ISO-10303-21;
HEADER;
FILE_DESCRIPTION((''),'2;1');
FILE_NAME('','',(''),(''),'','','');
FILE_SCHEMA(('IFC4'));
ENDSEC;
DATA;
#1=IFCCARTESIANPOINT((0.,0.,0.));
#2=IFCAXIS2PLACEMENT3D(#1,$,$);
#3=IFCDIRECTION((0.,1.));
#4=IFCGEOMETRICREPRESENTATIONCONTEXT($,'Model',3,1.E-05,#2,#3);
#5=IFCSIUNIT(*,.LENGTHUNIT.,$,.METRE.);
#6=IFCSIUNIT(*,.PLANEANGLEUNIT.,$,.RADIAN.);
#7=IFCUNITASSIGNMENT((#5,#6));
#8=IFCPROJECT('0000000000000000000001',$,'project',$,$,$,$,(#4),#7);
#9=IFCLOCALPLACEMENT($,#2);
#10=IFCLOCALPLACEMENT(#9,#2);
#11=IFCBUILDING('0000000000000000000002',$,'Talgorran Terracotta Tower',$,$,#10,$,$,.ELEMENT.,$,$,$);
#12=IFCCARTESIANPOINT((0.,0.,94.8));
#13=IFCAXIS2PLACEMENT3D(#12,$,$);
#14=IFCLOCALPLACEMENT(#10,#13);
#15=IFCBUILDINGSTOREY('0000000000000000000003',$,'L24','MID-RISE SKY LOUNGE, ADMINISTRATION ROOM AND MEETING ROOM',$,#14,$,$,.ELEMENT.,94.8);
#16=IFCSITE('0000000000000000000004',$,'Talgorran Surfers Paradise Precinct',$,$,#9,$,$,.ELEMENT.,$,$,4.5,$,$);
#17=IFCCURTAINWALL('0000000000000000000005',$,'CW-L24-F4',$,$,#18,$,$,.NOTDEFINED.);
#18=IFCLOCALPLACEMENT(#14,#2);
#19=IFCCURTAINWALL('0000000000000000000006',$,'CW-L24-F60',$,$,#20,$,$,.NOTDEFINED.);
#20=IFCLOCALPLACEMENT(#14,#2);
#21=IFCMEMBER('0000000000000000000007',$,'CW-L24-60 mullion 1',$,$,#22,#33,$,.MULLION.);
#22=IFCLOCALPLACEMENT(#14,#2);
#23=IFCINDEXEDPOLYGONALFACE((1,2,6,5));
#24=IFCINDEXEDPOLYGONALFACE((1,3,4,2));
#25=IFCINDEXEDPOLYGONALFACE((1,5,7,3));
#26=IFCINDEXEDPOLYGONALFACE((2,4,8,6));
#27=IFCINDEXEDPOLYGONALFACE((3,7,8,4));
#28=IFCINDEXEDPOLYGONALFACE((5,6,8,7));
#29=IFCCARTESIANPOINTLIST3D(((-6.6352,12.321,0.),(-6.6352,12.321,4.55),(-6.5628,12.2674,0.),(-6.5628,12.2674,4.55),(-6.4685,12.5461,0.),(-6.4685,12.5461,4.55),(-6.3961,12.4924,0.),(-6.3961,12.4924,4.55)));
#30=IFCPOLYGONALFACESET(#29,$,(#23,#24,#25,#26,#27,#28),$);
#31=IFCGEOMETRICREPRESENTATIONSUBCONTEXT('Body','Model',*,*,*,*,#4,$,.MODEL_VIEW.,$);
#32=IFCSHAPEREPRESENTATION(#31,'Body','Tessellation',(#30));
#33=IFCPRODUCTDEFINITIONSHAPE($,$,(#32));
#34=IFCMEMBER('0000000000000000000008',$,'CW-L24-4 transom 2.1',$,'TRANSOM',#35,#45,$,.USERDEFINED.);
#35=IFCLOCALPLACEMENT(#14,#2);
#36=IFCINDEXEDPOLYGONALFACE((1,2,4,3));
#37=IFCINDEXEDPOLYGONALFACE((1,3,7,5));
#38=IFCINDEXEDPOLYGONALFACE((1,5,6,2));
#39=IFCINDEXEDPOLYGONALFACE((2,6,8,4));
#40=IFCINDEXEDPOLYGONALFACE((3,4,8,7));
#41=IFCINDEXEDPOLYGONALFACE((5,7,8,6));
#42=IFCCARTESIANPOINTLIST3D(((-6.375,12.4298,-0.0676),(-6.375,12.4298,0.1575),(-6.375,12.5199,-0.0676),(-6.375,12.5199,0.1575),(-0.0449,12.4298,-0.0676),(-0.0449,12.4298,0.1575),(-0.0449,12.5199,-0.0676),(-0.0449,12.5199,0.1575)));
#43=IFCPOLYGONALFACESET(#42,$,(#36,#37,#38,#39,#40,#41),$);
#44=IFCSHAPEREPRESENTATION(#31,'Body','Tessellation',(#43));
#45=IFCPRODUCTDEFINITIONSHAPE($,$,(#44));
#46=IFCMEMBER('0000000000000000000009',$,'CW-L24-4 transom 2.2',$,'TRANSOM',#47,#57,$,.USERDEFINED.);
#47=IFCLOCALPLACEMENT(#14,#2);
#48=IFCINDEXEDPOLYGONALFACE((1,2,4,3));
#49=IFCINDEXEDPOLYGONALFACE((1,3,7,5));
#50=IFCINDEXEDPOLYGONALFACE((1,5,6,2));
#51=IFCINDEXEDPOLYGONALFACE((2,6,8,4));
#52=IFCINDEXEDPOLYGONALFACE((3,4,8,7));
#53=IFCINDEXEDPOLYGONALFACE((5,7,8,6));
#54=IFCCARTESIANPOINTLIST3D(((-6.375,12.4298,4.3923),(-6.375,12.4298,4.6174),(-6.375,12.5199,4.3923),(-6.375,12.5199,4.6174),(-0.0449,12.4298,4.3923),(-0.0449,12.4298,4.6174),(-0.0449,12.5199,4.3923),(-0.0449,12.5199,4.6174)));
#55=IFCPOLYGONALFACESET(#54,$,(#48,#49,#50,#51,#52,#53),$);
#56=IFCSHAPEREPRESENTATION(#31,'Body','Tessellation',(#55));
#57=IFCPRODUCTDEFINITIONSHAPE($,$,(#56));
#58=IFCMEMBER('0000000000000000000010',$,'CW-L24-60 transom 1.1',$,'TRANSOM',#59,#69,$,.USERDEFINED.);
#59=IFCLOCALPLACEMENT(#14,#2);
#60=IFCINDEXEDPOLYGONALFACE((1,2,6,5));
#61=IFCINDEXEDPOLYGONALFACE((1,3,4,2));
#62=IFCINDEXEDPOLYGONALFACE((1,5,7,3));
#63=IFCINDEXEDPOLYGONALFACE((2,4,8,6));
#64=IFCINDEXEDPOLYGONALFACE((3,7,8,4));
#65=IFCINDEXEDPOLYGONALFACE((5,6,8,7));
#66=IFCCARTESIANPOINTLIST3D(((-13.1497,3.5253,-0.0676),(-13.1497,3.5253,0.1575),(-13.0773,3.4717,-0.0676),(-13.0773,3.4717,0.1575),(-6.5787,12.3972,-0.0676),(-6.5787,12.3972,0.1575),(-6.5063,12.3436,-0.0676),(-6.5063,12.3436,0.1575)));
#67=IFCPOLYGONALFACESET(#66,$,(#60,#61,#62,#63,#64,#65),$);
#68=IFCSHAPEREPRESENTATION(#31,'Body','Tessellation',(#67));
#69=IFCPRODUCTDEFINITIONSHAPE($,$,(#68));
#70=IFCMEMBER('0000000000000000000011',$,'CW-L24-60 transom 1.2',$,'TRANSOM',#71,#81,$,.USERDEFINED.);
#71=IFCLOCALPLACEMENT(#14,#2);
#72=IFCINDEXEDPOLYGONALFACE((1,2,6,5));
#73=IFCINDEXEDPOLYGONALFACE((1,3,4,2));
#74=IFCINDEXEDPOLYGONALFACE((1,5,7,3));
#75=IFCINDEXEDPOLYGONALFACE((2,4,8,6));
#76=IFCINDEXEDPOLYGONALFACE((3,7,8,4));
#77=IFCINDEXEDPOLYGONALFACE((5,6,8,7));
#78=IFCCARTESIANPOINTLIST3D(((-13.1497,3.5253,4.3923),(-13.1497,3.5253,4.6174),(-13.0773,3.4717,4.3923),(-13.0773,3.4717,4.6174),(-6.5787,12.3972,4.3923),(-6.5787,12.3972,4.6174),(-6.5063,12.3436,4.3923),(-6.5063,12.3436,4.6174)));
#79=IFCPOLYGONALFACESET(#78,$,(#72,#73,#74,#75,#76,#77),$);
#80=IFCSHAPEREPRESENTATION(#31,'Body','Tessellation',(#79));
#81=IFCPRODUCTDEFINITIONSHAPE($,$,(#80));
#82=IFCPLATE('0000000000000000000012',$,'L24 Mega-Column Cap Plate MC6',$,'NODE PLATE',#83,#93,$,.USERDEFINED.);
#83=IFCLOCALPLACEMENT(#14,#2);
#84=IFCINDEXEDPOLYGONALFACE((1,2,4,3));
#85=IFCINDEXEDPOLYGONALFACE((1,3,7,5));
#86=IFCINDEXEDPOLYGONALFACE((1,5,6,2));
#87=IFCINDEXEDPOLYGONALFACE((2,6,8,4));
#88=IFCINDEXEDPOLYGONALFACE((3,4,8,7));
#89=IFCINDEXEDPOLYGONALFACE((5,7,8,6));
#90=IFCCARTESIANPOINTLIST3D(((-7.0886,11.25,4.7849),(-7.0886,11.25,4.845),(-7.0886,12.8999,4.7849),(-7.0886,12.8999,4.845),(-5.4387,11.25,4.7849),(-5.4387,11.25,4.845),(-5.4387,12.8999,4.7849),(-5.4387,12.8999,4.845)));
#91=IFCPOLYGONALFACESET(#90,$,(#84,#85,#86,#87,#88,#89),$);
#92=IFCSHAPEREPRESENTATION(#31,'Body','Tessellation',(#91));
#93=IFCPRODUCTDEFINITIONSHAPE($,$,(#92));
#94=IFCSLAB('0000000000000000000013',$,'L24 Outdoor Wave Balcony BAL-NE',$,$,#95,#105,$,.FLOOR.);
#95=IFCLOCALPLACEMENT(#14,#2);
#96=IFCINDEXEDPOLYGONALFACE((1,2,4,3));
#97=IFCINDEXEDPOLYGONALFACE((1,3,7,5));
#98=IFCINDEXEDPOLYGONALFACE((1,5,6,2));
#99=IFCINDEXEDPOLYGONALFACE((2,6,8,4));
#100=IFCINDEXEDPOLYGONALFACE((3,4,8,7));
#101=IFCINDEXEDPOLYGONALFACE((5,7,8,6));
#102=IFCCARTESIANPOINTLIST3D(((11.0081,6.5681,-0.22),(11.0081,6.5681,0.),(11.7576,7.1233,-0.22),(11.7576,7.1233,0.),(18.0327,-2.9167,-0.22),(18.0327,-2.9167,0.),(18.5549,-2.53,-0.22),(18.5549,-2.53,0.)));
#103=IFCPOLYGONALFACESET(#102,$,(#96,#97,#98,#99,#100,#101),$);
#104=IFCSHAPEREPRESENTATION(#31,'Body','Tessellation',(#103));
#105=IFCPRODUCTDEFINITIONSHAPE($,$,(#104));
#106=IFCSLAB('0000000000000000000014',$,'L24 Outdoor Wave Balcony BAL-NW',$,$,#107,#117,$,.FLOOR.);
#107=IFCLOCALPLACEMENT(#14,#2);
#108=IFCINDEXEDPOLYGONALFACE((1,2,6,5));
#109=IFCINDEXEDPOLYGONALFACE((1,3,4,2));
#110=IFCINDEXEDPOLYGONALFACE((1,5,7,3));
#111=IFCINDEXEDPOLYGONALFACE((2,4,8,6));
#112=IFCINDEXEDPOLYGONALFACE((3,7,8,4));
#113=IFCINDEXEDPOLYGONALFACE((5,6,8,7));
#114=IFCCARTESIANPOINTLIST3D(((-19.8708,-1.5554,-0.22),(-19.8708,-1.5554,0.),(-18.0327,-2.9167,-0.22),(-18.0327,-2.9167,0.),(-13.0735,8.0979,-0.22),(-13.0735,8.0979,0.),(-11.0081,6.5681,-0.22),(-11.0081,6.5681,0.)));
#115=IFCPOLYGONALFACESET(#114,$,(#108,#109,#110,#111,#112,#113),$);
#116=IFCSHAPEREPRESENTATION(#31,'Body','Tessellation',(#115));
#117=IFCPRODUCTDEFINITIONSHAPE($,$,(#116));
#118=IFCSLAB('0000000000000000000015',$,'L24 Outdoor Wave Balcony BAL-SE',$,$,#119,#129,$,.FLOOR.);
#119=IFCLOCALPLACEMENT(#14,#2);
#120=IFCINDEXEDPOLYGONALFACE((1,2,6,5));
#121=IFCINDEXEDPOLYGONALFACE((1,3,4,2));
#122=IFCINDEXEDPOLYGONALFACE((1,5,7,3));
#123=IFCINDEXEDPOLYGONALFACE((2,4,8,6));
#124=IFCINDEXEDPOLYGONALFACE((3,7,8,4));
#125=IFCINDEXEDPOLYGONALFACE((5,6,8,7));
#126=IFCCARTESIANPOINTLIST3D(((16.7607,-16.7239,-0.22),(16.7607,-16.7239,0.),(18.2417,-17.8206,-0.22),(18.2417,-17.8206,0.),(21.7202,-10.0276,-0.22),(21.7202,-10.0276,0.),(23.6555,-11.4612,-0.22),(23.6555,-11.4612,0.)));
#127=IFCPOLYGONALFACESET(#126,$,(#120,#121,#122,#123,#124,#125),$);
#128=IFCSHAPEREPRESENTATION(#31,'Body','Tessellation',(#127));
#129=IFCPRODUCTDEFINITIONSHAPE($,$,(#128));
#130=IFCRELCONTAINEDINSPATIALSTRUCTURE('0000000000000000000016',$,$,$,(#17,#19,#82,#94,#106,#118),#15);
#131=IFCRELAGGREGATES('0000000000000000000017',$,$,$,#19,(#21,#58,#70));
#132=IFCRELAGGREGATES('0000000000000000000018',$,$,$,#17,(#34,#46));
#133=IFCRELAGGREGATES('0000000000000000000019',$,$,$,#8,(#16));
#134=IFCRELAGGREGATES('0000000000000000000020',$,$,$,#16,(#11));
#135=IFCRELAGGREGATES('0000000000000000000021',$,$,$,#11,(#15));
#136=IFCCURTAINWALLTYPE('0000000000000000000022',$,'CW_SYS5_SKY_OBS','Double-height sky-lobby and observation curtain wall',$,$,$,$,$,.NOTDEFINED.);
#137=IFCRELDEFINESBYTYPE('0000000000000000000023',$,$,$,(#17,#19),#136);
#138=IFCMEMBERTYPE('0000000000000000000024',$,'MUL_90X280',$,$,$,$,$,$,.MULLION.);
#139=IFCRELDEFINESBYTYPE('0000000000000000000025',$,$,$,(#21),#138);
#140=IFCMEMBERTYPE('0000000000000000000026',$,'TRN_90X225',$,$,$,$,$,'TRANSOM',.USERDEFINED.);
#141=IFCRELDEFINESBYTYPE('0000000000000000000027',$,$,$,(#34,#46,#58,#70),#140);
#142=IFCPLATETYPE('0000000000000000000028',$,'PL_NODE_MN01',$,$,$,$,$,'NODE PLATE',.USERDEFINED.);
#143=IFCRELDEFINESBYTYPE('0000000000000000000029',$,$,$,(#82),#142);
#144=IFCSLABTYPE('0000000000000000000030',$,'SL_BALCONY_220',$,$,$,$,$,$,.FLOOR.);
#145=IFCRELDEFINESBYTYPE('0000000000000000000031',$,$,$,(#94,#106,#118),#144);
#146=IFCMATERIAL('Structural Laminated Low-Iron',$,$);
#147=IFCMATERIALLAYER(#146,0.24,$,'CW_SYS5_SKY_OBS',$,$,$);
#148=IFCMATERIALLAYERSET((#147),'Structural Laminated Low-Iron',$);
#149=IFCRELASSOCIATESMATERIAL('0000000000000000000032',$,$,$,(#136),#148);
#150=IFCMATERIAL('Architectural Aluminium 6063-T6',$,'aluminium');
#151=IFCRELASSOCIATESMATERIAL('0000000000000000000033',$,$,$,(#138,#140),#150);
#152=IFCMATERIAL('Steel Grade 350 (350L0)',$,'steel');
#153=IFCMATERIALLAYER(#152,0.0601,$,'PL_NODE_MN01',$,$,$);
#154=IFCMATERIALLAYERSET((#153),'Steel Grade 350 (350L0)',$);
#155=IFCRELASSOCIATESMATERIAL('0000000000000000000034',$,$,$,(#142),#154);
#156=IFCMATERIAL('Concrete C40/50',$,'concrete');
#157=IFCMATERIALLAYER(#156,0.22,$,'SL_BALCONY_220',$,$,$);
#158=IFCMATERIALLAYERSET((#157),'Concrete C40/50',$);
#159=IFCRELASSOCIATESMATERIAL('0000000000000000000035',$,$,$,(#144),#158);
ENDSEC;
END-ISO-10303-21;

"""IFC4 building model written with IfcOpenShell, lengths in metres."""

from ifc_helpers import new_model, si_unit, direction, frame, origin, origin_2d, place, context, subcontext, project, spatial, polyline, rectangle, outline, extrude, material, layer, layer_set, material_profile, profile_set, type_object, element, aggregate, save


model = new_model("IFC4")

# Units and contexts
model_context = context("Model", 3, precision=1e-05, world=origin(), true_north=direction((0.0, 1.0)))
body_context = subcontext(model_context, "Body", "Model", "MODEL_VIEW")
ifc_project = project(units=[si_unit("LENGTHUNIT", "METRE"), si_unit("PLANEANGLEUNIT", "RADIAN")], contexts=[model_context])

# Site, building, storey
site_placement = place(None, origin())
site = spatial("IfcSite", under=ifc_project, at=site_placement, Name="Talgorran Surfers Paradise Precinct", CompositionType="ELEMENT", RefElevation=4.5)
building_placement = place(site_placement, origin())
building = spatial("IfcBuilding", under=site, at=building_placement, Name="Talgorran Terracotta Tower", CompositionType="ELEMENT")
storey_placement = place(building_placement, frame((0.0, 0.0, 94.8)))
storey = spatial("IfcBuildingStorey", under=building, at=storey_placement, Name="L24", Description="MID-RISE SKY LOUNGE, ADMINISTRATION ROOM AND MEETING ROOM", CompositionType="ELEMENT", Elevation=94.8)

# Shared definitions
ifc_material_1 = material(Name="Steel Grade 350 (350L0)", Category="steel")

# Curtain walls, member
ifc_material_2 = material(Name="Structural Laminated Low-Iron")
ifc_layer_1 = layer(ifc_material_2, 0.24, Name="CW_SYS5_SKY_OBS")
ifc_layer_set_1 = layer_set([ifc_layer_1], Name="Structural Laminated Low-Iron")
curtain_wall_type = type_object("IfcCurtainWallType", Name="CW_SYS5_SKY_OBS", Description="Double-height sky-lobby and observation curtain wall", PredefinedType="NOTDEFINED", material=ifc_layer_set_1)
curtain_wall_1_placement = place(storey_placement, origin())
curtain_wall_1 = element("IfcCurtainWall", 1, at=curtain_wall_1_placement, inside=storey, type_object=curtain_wall_type, Name="CW-L24-F4", PredefinedType="NOTDEFINED")
ifc_material_3 = material(Name="Architectural Aluminium 6063-T6", Category="aluminium")
ifc_material_profile_1 = material_profile(ifc_material_3, rectangle(XDim=0.0901, YDim=0.28, at=origin_2d()), Name="CWM90X280")
ifc_profile_set_1 = profile_set([ifc_material_profile_1], Name="Architectural Aluminium 6063-T6")
member_type_1 = type_object("IfcMemberType", Name="MUL_90X280", PredefinedType="MULLION", material=ifc_profile_set_1)
curtain_wall_2_placement = place(storey_placement, origin())
curtain_wall_2 = element("IfcCurtainWall", 2, at=curtain_wall_2_placement, inside=storey, type_object=curtain_wall_type, Name="CW-L24-F60", PredefinedType="NOTDEFINED")
member_1_placement = place(storey_placement, frame((-6.5156, 12.4067, 0.0), z_axis=(0.0, 0.0, 1.0), x_axis=(0.803594, -0.595178, 0.0)))
member_1 = element("IfcMember", 3, at=member_1_placement, type_object=member_type_1, Name="CW-L24-60 mullion 1", PredefinedType="MULLION", context=body_context, shape_type="SweptSolid", body=[
    extrude(rectangle(XDim=0.0901, YDim=0.28, at=origin_2d()), origin(), (0.0, 0.0, 1.0), 4.55),
])

# Members
ifc_material_profile_2 = material_profile(ifc_material_3, rectangle(XDim=0.0901, YDim=0.2251, at=origin_2d()), Name="CWT90X225")
ifc_profile_set_2 = profile_set([ifc_material_profile_2], Name="Architectural Aluminium 6063-T6")
member_type_2 = type_object("IfcMemberType", Name="TRN_90X225", ElementType="TRANSOM", PredefinedType="USERDEFINED", material=ifc_profile_set_2)
member_2_placement = place(storey_placement, frame((-0.0449, 12.4749, 0.0449), z_axis=(-1.0, 0.0, 0.0), x_axis=(0.0, -1.0, 0.0)))
member_2 = element("IfcMember", 4, at=member_2_placement, type_object=member_type_2, Name="CW-L24-4 transom 2.1", ObjectType="TRANSOM", PredefinedType="USERDEFINED", context=body_context, shape_type="SweptSolid", body=[
    extrude(rectangle(XDim=0.0901, YDim=0.2251, at=origin_2d()), origin(), (0.0, 0.0, 1.0), 6.3301),
])
member_3_placement = place(storey_placement, frame((-0.0449, 12.4749, 4.5049), z_axis=(-1.0, 0.0, 0.0), x_axis=(0.0, -1.0, 0.0)))
member_3 = element("IfcMember", 5, at=member_3_placement, type_object=member_type_2, Name="CW-L24-4 transom 2.2", ObjectType="TRANSOM", PredefinedType="USERDEFINED", context=body_context, shape_type="SweptSolid", body=[
    extrude(rectangle(XDim=0.0901, YDim=0.2251, at=origin_2d()), origin(), (0.0, 0.0, 1.0), 6.3301),
])
member_4_placement = place(storey_placement, frame((-6.5425, 12.3704, 0.0449), z_axis=(-0.595188, -0.803587, 0.0), x_axis=(0.803587, -0.595188, 0.0)))
member_4 = element("IfcMember", 6, at=member_4_placement, type_object=member_type_2, Name="CW-L24-60 transom 1.1", ObjectType="TRANSOM", PredefinedType="USERDEFINED", context=body_context, shape_type="SweptSolid", body=[
    extrude(rectangle(XDim=0.0901, YDim=0.2251, at=origin_2d()), origin(), (0.0, 0.0, 1.0), 11.0403),
])
member_5_placement = place(storey_placement, frame((-6.5425, 12.3704, 4.5049), z_axis=(-0.595188, -0.803587, 0.0), x_axis=(0.803587, -0.595188, 0.0)))
member_5 = element("IfcMember", 7, at=member_5_placement, type_object=member_type_2, Name="CW-L24-60 transom 1.2", ObjectType="TRANSOM", PredefinedType="USERDEFINED", context=body_context, shape_type="SweptSolid", body=[
    extrude(rectangle(XDim=0.0901, YDim=0.2251, at=origin_2d()), origin(), (0.0, 0.0, 1.0), 11.0403),
])
aggregate(curtain_wall_2, [member_1, member_4, member_5])

# Plate
ifc_layer_2 = layer(ifc_material_1, 0.0601, Name="PL_NODE_MN01")
ifc_layer_set_2 = layer_set([ifc_layer_2], Name="Steel Grade 350 (350L0)")
plate_type_1 = type_object("IfcPlateType", Name="PL_NODE_MN01", ElementType="NODE PLATE", PredefinedType="USERDEFINED", material=ifc_layer_set_2)
plate_1_placement = place(storey_placement, frame((-6.2637, 12.075, 4.7849), z_axis=(0.0, 0.0, 1.0), x_axis=(1.0, 0.0, 0.0)))
element("IfcPlate", 8, at=plate_1_placement, inside=storey, type_object=plate_type_1, Name="L24 Mega-Column Cap Plate MC6", ObjectType="NODE PLATE", PredefinedType="USERDEFINED", context=body_context, shape_type="SweptSolid", body=[
    extrude(rectangle(XDim=1.6499, YDim=1.6499, at=origin_2d()), origin(), (0.0, 0.0, 1.0), 0.0601),
])

# Slabs
ifc_material_4 = material(Name="Concrete C40/50", Category="concrete")
ifc_layer_3 = layer(ifc_material_4, 0.22, Name="SL_BALCONY_220")
ifc_layer_set_3 = layer_set([ifc_layer_3], Name="Concrete C40/50")
slab_type_1 = type_object("IfcSlabType", Name="SL_BALCONY_220", PredefinedType="FLOOR", material=ifc_layer_set_3)
slab_1_placement = place(storey_placement, frame((0.0, 0.0, -0.22)))
element("IfcSlab", 9, at=slab_1_placement, inside=storey, type_object=slab_type_1, Name="L24 Outdoor Wave Balcony BAL-NE", PredefinedType="FLOOR", context=body_context, shape_type="SweptSolid", body=[
    extrude(outline(polyline([(11.0081, 6.5681), (18.0327, -2.9167), (18.5549, -2.53), (11.7576, 7.1233), (11.0081, 6.5681)])), origin(), (0.0, 0.0, 1.0), 0.22),
])
slab_2_placement = place(storey_placement, frame((0.0, 0.0, -0.22)))
element("IfcSlab", 10, at=slab_2_placement, inside=storey, type_object=slab_type_1, Name="L24 Outdoor Wave Balcony BAL-NW", PredefinedType="FLOOR", context=body_context, shape_type="SweptSolid", body=[
    extrude(outline(polyline([(-18.0327, -2.9167), (-11.0081, 6.5681), (-13.0735, 8.0979), (-19.8708, -1.5554), (-18.0327, -2.9167)])), origin(), (0.0, 0.0, 1.0), 0.22),
])
slab_3_placement = place(storey_placement, frame((0.0, 0.0, -0.22)))
element("IfcSlab", 11, at=slab_3_placement, inside=storey, type_object=slab_type_1, Name="L24 Outdoor Wave Balcony BAL-SE", PredefinedType="FLOOR", context=body_context, shape_type="SweptSolid", body=[
    extrude(outline(polyline([(21.7202, -10.0276), (16.7607, -16.7239), (18.2417, -17.8206), (23.6555, -11.4612), (21.7202, -10.0276)])), origin(), (0.0, 0.0, 1.0), 0.22),
])

aggregate(curtain_wall_1, [member_2, member_3])

save(model, "model.ifc")
